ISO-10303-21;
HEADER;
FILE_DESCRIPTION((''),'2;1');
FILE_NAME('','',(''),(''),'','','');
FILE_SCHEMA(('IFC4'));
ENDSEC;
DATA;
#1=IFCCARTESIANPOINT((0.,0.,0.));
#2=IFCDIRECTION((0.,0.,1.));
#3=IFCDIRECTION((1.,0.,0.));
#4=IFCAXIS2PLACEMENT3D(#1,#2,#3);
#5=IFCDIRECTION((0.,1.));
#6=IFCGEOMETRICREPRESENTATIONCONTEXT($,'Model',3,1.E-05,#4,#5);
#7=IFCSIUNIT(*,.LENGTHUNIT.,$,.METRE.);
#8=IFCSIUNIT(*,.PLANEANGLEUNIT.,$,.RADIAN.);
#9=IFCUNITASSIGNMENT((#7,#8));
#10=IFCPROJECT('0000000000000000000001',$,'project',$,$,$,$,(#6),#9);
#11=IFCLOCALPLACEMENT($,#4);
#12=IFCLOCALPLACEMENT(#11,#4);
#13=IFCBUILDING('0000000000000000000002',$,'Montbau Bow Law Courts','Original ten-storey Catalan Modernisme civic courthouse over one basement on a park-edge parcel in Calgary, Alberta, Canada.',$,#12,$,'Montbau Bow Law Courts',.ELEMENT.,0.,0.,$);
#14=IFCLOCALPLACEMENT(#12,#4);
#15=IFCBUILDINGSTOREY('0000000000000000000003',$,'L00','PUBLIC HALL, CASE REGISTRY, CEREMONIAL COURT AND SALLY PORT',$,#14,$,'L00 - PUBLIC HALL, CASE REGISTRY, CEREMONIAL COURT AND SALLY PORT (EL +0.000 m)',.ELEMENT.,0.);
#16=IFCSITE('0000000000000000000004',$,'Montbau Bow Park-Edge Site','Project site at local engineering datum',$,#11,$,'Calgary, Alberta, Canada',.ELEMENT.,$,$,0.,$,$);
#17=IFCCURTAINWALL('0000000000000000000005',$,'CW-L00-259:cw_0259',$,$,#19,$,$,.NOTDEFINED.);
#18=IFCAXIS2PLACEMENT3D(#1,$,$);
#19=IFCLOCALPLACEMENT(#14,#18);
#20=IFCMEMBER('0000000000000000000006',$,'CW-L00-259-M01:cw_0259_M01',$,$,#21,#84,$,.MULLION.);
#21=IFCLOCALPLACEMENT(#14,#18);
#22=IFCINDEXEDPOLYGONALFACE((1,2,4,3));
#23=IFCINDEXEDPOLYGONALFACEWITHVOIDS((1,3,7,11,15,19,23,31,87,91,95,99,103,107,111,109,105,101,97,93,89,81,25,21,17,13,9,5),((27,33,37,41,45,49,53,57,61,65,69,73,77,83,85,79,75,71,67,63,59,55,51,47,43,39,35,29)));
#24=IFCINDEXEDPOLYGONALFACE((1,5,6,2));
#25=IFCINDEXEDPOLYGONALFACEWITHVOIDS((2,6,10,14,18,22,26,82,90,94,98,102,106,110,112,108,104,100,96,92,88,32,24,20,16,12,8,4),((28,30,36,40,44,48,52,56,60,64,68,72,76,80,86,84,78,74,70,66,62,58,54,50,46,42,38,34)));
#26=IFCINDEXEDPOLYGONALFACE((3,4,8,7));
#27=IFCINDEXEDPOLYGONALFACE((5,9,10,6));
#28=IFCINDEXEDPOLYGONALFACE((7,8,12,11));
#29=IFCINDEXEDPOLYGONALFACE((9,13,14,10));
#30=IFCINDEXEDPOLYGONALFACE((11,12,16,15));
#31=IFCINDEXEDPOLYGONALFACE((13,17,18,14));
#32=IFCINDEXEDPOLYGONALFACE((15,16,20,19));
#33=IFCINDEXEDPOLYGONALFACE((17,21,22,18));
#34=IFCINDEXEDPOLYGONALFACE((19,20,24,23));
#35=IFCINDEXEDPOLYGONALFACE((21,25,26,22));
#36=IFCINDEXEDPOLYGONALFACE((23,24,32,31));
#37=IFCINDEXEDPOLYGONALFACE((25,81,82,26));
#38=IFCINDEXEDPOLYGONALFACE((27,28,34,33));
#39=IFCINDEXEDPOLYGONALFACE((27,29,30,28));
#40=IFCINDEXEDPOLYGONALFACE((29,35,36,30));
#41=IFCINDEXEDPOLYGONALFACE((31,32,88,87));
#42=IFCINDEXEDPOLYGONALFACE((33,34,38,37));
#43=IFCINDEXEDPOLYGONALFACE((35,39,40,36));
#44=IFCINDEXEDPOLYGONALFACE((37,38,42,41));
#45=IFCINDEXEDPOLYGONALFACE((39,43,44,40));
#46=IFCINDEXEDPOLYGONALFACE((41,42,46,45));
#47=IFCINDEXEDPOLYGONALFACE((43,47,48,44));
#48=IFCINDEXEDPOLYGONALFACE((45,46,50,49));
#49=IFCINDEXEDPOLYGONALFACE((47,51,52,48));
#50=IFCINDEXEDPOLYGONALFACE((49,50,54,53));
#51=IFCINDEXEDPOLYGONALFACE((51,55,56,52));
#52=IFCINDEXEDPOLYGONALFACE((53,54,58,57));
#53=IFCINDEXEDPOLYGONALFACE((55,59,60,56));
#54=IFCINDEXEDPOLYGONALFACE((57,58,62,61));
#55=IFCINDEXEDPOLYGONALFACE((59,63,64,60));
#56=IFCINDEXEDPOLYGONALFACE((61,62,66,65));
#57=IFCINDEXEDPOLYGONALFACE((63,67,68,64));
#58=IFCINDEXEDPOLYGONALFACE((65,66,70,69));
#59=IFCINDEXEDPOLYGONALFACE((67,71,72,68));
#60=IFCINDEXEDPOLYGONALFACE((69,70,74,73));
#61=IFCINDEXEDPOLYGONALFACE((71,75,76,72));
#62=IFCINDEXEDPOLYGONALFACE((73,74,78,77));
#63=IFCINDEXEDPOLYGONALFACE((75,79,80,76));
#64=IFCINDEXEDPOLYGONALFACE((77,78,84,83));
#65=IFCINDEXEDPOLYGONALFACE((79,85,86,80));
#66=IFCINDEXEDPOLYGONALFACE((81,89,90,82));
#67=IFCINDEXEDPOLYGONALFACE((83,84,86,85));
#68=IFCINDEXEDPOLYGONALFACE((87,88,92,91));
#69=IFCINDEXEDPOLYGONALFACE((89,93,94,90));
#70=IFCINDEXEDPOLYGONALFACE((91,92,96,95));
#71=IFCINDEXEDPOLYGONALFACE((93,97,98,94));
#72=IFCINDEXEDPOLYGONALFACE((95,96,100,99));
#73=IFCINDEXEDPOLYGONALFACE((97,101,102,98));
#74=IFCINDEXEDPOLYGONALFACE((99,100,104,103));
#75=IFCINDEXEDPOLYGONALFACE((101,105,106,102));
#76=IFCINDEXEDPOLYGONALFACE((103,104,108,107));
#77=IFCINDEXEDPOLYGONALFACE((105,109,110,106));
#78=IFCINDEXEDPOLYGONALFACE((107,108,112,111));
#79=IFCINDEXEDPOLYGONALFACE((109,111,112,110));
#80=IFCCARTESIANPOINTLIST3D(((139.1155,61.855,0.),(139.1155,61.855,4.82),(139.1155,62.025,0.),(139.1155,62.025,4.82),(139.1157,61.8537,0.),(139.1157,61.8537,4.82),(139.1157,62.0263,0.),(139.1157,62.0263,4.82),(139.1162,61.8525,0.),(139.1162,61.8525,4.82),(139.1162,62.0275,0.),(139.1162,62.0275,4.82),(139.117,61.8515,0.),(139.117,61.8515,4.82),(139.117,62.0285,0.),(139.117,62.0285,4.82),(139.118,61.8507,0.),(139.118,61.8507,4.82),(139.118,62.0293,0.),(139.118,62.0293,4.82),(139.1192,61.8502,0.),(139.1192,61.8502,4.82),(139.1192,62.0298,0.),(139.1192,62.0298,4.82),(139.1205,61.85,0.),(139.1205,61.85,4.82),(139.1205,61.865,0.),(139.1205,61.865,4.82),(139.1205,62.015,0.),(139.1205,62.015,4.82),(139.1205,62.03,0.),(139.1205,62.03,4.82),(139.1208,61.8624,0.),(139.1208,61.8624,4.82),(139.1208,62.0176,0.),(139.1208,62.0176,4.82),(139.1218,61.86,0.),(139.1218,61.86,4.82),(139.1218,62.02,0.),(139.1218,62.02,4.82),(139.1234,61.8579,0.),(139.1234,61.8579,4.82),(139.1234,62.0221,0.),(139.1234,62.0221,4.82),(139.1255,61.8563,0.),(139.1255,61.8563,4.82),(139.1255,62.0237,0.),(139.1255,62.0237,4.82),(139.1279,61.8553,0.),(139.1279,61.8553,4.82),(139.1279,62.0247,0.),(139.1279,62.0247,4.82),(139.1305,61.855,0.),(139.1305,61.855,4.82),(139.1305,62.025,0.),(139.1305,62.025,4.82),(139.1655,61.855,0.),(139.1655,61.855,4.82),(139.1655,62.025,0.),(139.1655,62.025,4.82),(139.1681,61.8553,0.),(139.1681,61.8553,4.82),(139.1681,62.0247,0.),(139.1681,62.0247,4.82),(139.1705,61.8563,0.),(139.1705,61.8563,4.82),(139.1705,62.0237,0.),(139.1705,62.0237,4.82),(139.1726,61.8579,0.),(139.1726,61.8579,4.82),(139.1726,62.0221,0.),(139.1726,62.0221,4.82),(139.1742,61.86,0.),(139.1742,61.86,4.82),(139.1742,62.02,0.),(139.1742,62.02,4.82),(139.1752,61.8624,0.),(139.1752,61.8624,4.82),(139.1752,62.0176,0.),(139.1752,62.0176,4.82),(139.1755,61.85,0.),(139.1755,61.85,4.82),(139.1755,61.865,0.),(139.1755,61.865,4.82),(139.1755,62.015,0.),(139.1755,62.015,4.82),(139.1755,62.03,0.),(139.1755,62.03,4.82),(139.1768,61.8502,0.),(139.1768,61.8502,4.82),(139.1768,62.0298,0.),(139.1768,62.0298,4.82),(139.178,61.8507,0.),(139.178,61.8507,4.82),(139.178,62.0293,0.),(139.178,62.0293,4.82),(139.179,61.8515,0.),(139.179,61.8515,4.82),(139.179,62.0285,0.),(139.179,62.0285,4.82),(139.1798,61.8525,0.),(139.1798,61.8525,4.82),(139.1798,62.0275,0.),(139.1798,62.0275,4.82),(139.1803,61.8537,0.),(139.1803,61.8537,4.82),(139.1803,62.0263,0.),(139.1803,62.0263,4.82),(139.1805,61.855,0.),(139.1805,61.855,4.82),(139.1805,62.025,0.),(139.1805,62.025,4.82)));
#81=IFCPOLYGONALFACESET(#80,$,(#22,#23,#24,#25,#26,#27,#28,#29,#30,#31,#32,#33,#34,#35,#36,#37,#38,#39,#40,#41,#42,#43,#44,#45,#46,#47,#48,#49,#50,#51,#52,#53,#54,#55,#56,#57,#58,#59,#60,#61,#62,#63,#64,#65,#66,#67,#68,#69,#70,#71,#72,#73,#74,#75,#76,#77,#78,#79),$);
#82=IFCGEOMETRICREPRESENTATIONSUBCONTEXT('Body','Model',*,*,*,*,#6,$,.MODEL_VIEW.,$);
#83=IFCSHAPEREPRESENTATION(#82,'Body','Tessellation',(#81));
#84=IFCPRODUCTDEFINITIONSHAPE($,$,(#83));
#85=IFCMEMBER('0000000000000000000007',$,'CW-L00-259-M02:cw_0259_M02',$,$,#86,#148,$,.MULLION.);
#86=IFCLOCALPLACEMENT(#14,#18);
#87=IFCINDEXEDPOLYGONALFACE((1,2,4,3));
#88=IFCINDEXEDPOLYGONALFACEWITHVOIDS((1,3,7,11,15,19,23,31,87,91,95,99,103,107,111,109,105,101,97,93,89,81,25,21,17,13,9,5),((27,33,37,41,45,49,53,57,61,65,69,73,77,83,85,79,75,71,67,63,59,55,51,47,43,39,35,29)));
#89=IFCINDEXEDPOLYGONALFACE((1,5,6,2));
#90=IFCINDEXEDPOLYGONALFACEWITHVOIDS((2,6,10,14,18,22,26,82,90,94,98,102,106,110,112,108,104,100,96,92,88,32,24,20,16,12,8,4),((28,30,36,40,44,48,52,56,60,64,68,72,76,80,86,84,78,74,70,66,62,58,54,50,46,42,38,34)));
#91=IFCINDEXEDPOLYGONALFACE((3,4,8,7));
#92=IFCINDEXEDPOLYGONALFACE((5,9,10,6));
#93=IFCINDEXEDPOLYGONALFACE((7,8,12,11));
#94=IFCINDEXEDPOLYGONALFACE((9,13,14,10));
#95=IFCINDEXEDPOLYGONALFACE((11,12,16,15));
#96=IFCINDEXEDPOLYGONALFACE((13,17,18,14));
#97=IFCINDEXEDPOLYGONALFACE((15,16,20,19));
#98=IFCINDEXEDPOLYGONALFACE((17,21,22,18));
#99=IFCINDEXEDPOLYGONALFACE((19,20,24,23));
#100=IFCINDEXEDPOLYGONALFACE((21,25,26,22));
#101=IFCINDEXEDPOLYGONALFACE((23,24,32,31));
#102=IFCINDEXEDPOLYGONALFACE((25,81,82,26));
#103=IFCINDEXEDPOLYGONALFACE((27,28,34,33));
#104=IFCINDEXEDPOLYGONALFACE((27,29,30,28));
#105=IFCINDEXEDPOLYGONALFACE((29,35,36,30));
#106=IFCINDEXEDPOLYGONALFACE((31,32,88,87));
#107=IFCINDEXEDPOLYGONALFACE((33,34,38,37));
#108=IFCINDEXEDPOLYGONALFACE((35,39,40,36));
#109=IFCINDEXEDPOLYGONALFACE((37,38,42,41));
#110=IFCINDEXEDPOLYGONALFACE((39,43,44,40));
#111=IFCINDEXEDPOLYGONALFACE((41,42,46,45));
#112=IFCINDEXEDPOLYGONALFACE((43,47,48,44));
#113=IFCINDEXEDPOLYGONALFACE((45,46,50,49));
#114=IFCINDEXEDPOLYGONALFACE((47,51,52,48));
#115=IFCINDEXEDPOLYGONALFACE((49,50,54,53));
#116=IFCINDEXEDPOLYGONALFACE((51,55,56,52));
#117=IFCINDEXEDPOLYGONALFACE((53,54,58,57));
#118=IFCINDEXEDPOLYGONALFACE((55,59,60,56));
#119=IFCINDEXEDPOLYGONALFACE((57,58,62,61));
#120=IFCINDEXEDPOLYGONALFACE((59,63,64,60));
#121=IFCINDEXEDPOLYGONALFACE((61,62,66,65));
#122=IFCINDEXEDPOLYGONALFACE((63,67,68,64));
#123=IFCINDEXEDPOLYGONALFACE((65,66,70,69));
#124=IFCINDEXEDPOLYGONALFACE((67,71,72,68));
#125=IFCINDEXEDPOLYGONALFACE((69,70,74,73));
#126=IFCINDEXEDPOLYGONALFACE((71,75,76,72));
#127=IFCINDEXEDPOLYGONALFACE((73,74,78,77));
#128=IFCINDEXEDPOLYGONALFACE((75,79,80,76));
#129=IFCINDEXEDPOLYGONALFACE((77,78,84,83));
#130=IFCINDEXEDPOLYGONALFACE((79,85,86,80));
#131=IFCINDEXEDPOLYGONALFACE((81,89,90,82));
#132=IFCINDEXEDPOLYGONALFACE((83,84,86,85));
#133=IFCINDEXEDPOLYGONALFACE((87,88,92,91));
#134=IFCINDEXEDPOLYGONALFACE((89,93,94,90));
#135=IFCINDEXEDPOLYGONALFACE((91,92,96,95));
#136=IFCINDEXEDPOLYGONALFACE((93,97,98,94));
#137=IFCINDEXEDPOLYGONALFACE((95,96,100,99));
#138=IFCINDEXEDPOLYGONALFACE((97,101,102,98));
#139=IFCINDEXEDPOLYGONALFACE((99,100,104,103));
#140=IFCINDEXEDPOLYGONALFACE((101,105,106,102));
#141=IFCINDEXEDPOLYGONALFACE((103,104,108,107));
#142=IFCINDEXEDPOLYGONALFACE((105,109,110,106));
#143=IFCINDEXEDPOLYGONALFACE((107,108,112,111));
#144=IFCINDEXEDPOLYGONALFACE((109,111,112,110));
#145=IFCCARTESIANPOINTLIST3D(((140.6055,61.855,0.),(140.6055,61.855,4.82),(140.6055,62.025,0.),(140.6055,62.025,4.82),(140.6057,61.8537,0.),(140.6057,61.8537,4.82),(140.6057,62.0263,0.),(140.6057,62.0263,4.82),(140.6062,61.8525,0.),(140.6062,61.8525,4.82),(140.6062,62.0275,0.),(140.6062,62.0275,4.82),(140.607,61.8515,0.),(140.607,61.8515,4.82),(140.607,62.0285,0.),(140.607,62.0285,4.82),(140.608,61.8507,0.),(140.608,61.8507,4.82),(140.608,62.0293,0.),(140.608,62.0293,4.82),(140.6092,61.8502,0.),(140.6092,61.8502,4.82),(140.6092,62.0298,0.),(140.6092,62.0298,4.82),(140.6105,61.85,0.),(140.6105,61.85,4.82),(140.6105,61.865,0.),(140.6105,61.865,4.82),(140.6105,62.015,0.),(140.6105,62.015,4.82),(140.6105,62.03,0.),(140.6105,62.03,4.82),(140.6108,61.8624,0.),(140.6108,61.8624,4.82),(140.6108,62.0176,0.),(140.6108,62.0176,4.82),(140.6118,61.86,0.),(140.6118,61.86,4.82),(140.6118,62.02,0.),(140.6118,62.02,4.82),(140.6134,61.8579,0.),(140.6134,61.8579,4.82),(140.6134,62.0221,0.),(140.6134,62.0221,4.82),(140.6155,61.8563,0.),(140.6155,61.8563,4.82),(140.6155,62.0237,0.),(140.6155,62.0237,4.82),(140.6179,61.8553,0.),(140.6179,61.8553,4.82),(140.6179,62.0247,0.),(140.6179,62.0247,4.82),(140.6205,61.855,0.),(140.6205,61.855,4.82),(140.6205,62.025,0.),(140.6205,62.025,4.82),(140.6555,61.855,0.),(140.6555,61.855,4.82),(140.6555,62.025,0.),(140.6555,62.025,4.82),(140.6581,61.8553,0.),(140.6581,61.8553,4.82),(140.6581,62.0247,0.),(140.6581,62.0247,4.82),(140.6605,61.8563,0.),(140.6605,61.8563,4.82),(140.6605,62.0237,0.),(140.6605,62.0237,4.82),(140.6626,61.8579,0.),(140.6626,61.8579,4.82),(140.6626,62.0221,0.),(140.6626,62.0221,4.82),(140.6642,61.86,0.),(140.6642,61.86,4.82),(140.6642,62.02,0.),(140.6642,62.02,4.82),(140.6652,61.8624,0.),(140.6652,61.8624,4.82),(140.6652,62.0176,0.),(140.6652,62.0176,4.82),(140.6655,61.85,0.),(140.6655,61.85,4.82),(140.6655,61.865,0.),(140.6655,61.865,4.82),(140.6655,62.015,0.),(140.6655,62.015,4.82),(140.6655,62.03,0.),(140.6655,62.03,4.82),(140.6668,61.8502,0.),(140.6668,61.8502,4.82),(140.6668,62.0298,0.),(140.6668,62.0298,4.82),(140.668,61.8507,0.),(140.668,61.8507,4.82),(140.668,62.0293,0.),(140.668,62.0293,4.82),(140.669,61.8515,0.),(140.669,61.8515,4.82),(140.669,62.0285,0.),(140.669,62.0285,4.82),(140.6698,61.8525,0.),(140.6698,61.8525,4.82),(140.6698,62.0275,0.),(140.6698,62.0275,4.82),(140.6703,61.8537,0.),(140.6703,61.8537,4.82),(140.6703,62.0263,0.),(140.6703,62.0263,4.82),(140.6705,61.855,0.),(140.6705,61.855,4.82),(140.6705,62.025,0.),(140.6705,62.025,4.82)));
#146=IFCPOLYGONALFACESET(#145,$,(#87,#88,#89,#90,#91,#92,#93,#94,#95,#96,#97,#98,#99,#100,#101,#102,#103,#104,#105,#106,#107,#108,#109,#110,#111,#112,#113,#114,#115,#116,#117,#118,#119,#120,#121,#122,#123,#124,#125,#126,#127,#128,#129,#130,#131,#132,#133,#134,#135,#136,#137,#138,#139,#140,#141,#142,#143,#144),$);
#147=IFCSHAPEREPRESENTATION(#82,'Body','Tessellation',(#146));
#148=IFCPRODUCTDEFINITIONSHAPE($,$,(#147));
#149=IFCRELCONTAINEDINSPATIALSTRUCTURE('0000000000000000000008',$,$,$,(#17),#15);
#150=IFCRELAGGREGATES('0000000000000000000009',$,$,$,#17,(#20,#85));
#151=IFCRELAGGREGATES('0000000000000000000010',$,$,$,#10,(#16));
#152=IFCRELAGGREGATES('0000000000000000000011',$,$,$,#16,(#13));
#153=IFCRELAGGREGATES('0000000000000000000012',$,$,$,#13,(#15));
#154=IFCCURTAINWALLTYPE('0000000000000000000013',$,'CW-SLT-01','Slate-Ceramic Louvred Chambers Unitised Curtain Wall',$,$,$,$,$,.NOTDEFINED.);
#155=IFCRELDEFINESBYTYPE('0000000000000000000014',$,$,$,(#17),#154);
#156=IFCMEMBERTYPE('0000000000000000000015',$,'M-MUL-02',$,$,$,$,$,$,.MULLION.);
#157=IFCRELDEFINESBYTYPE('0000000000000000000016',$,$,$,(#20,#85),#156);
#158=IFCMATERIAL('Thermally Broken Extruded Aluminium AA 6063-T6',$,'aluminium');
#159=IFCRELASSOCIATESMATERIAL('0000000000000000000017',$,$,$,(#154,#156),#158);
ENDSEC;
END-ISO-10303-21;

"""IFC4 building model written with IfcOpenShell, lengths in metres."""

from ifc_helpers import new_model, si_unit, direction, frame, origin_with_axes, origin_2d_with_axis, place, context, subcontext, project, spatial, hollow_rectangle, extrude, material, material_profile, profile_set, type_object, element, aggregate, save


model = new_model("IFC4")

# Units and contexts
model_context = context("Model", 3, precision=1e-05, world=origin_with_axes(), true_north=direction((0.0, 1.0)))
body_context = subcontext(model_context, "Body", "Model", "MODEL_VIEW")
ifc_project = project(units=[si_unit("LENGTHUNIT", "METRE"), si_unit("PLANEANGLEUNIT", "RADIAN")], contexts=[model_context])

# Site, building, storey
site_placement = place(None, origin_with_axes())
site = spatial("IfcSite", under=ifc_project, at=site_placement, Name="Montbau Bow Park-Edge Site", Description="Project site at local engineering datum", LongName="Calgary, Alberta, Canada", CompositionType="ELEMENT", RefElevation=0.0)
building_placement = place(site_placement, origin_with_axes())
building = spatial("IfcBuilding", under=site, at=building_placement, Name="Montbau Bow Law Courts", Description="Original ten-storey Catalan Modernisme civic courthouse over one basement on a park-edge parcel in Calgary, Alberta, Canada.", LongName="Montbau Bow Law Courts", CompositionType="ELEMENT", ElevationOfRefHeight=0.0, ElevationOfTerrain=0.0)
storey_placement = place(building_placement, origin_with_axes())
storey = spatial("IfcBuildingStorey", under=building, at=storey_placement, Name="L00", Description="PUBLIC HALL, CASE REGISTRY, CEREMONIAL COURT AND SALLY PORT", LongName="L00 - PUBLIC HALL, CASE REGISTRY, CEREMONIAL COURT AND SALLY PORT (EL +0.000 m)", CompositionType="ELEMENT", Elevation=0.0)

# Curtain wall, members
ifc_material_1 = material(Name="Thermally Broken Extruded Aluminium AA 6063-T6", Category="aluminium")
curtain_wall_type = type_object("IfcCurtainWallType", Name="CW-SLT-01", Description="Slate-Ceramic Louvred Chambers Unitised Curtain Wall", PredefinedType="NOTDEFINED", material=ifc_material_1)
curtain_wall_placement = place(None, frame((139.115, 61.94, 0.0), z_axis=(0.0, 0.0, 1.0), x_axis=(1.0, 0.0, 0.0)))
curtain_wall = element("IfcCurtainWall", 1, at=curtain_wall_placement, inside=storey, type_object=curtain_wall_type, Name="CW-L00-259:cw_0259", PredefinedType="NOTDEFINED")
ifc_material_profile_1 = material_profile(ifc_material_1, hollow_rectangle(XDim=0.065, YDim=0.18, WallThickness=0.005, InnerFilletRadius=0.01, OuterFilletRadius=0.005, at=origin_2d_with_axis()), Name="CWM-180X65", Category="Main", Priority=0)
ifc_profile_set_1 = profile_set([ifc_material_profile_1], Name="Thermally Broken Extruded Aluminium AA 6063-T6")
member_type_1 = type_object("IfcMemberType", Name="M-MUL-02", PredefinedType="MULLION", material=ifc_profile_set_1)
member_1_placement = place(None, frame((139.148, 61.94, 0.0), z_axis=(0.0, 0.0, 1.0), x_axis=(1.0, 0.0, 0.0)))
member_1 = element("IfcMember", 2, at=member_1_placement, type_object=member_type_1, Name="CW-L00-259-M01:cw_0259_M01", PredefinedType="MULLION", context=body_context, shape_type="SweptSolid", body=[
    extrude(hollow_rectangle(XDim=0.065, YDim=0.18, WallThickness=0.005, InnerFilletRadius=0.01, OuterFilletRadius=0.005, at=origin_2d_with_axis()), origin_with_axes(), (0.0, 0.0, 1.0), 4.82),
])
member_2_placement = place(None, frame((140.638, 61.94, 0.0), z_axis=(0.0, 0.0, 1.0), x_axis=(1.0, 0.0, 0.0)))
member_2 = element("IfcMember", 3, at=member_2_placement, type_object=member_type_1, Name="CW-L00-259-M02:cw_0259_M02", PredefinedType="MULLION", context=body_context, shape_type="SweptSolid", body=[
    extrude(hollow_rectangle(XDim=0.065, YDim=0.18, WallThickness=0.005, InnerFilletRadius=0.01, OuterFilletRadius=0.005, at=origin_2d_with_axis()), origin_with_axes(), (0.0, 0.0, 1.0), 4.82),
])

aggregate(curtain_wall, [member_1, member_2])

save(model, "model.ifc")
